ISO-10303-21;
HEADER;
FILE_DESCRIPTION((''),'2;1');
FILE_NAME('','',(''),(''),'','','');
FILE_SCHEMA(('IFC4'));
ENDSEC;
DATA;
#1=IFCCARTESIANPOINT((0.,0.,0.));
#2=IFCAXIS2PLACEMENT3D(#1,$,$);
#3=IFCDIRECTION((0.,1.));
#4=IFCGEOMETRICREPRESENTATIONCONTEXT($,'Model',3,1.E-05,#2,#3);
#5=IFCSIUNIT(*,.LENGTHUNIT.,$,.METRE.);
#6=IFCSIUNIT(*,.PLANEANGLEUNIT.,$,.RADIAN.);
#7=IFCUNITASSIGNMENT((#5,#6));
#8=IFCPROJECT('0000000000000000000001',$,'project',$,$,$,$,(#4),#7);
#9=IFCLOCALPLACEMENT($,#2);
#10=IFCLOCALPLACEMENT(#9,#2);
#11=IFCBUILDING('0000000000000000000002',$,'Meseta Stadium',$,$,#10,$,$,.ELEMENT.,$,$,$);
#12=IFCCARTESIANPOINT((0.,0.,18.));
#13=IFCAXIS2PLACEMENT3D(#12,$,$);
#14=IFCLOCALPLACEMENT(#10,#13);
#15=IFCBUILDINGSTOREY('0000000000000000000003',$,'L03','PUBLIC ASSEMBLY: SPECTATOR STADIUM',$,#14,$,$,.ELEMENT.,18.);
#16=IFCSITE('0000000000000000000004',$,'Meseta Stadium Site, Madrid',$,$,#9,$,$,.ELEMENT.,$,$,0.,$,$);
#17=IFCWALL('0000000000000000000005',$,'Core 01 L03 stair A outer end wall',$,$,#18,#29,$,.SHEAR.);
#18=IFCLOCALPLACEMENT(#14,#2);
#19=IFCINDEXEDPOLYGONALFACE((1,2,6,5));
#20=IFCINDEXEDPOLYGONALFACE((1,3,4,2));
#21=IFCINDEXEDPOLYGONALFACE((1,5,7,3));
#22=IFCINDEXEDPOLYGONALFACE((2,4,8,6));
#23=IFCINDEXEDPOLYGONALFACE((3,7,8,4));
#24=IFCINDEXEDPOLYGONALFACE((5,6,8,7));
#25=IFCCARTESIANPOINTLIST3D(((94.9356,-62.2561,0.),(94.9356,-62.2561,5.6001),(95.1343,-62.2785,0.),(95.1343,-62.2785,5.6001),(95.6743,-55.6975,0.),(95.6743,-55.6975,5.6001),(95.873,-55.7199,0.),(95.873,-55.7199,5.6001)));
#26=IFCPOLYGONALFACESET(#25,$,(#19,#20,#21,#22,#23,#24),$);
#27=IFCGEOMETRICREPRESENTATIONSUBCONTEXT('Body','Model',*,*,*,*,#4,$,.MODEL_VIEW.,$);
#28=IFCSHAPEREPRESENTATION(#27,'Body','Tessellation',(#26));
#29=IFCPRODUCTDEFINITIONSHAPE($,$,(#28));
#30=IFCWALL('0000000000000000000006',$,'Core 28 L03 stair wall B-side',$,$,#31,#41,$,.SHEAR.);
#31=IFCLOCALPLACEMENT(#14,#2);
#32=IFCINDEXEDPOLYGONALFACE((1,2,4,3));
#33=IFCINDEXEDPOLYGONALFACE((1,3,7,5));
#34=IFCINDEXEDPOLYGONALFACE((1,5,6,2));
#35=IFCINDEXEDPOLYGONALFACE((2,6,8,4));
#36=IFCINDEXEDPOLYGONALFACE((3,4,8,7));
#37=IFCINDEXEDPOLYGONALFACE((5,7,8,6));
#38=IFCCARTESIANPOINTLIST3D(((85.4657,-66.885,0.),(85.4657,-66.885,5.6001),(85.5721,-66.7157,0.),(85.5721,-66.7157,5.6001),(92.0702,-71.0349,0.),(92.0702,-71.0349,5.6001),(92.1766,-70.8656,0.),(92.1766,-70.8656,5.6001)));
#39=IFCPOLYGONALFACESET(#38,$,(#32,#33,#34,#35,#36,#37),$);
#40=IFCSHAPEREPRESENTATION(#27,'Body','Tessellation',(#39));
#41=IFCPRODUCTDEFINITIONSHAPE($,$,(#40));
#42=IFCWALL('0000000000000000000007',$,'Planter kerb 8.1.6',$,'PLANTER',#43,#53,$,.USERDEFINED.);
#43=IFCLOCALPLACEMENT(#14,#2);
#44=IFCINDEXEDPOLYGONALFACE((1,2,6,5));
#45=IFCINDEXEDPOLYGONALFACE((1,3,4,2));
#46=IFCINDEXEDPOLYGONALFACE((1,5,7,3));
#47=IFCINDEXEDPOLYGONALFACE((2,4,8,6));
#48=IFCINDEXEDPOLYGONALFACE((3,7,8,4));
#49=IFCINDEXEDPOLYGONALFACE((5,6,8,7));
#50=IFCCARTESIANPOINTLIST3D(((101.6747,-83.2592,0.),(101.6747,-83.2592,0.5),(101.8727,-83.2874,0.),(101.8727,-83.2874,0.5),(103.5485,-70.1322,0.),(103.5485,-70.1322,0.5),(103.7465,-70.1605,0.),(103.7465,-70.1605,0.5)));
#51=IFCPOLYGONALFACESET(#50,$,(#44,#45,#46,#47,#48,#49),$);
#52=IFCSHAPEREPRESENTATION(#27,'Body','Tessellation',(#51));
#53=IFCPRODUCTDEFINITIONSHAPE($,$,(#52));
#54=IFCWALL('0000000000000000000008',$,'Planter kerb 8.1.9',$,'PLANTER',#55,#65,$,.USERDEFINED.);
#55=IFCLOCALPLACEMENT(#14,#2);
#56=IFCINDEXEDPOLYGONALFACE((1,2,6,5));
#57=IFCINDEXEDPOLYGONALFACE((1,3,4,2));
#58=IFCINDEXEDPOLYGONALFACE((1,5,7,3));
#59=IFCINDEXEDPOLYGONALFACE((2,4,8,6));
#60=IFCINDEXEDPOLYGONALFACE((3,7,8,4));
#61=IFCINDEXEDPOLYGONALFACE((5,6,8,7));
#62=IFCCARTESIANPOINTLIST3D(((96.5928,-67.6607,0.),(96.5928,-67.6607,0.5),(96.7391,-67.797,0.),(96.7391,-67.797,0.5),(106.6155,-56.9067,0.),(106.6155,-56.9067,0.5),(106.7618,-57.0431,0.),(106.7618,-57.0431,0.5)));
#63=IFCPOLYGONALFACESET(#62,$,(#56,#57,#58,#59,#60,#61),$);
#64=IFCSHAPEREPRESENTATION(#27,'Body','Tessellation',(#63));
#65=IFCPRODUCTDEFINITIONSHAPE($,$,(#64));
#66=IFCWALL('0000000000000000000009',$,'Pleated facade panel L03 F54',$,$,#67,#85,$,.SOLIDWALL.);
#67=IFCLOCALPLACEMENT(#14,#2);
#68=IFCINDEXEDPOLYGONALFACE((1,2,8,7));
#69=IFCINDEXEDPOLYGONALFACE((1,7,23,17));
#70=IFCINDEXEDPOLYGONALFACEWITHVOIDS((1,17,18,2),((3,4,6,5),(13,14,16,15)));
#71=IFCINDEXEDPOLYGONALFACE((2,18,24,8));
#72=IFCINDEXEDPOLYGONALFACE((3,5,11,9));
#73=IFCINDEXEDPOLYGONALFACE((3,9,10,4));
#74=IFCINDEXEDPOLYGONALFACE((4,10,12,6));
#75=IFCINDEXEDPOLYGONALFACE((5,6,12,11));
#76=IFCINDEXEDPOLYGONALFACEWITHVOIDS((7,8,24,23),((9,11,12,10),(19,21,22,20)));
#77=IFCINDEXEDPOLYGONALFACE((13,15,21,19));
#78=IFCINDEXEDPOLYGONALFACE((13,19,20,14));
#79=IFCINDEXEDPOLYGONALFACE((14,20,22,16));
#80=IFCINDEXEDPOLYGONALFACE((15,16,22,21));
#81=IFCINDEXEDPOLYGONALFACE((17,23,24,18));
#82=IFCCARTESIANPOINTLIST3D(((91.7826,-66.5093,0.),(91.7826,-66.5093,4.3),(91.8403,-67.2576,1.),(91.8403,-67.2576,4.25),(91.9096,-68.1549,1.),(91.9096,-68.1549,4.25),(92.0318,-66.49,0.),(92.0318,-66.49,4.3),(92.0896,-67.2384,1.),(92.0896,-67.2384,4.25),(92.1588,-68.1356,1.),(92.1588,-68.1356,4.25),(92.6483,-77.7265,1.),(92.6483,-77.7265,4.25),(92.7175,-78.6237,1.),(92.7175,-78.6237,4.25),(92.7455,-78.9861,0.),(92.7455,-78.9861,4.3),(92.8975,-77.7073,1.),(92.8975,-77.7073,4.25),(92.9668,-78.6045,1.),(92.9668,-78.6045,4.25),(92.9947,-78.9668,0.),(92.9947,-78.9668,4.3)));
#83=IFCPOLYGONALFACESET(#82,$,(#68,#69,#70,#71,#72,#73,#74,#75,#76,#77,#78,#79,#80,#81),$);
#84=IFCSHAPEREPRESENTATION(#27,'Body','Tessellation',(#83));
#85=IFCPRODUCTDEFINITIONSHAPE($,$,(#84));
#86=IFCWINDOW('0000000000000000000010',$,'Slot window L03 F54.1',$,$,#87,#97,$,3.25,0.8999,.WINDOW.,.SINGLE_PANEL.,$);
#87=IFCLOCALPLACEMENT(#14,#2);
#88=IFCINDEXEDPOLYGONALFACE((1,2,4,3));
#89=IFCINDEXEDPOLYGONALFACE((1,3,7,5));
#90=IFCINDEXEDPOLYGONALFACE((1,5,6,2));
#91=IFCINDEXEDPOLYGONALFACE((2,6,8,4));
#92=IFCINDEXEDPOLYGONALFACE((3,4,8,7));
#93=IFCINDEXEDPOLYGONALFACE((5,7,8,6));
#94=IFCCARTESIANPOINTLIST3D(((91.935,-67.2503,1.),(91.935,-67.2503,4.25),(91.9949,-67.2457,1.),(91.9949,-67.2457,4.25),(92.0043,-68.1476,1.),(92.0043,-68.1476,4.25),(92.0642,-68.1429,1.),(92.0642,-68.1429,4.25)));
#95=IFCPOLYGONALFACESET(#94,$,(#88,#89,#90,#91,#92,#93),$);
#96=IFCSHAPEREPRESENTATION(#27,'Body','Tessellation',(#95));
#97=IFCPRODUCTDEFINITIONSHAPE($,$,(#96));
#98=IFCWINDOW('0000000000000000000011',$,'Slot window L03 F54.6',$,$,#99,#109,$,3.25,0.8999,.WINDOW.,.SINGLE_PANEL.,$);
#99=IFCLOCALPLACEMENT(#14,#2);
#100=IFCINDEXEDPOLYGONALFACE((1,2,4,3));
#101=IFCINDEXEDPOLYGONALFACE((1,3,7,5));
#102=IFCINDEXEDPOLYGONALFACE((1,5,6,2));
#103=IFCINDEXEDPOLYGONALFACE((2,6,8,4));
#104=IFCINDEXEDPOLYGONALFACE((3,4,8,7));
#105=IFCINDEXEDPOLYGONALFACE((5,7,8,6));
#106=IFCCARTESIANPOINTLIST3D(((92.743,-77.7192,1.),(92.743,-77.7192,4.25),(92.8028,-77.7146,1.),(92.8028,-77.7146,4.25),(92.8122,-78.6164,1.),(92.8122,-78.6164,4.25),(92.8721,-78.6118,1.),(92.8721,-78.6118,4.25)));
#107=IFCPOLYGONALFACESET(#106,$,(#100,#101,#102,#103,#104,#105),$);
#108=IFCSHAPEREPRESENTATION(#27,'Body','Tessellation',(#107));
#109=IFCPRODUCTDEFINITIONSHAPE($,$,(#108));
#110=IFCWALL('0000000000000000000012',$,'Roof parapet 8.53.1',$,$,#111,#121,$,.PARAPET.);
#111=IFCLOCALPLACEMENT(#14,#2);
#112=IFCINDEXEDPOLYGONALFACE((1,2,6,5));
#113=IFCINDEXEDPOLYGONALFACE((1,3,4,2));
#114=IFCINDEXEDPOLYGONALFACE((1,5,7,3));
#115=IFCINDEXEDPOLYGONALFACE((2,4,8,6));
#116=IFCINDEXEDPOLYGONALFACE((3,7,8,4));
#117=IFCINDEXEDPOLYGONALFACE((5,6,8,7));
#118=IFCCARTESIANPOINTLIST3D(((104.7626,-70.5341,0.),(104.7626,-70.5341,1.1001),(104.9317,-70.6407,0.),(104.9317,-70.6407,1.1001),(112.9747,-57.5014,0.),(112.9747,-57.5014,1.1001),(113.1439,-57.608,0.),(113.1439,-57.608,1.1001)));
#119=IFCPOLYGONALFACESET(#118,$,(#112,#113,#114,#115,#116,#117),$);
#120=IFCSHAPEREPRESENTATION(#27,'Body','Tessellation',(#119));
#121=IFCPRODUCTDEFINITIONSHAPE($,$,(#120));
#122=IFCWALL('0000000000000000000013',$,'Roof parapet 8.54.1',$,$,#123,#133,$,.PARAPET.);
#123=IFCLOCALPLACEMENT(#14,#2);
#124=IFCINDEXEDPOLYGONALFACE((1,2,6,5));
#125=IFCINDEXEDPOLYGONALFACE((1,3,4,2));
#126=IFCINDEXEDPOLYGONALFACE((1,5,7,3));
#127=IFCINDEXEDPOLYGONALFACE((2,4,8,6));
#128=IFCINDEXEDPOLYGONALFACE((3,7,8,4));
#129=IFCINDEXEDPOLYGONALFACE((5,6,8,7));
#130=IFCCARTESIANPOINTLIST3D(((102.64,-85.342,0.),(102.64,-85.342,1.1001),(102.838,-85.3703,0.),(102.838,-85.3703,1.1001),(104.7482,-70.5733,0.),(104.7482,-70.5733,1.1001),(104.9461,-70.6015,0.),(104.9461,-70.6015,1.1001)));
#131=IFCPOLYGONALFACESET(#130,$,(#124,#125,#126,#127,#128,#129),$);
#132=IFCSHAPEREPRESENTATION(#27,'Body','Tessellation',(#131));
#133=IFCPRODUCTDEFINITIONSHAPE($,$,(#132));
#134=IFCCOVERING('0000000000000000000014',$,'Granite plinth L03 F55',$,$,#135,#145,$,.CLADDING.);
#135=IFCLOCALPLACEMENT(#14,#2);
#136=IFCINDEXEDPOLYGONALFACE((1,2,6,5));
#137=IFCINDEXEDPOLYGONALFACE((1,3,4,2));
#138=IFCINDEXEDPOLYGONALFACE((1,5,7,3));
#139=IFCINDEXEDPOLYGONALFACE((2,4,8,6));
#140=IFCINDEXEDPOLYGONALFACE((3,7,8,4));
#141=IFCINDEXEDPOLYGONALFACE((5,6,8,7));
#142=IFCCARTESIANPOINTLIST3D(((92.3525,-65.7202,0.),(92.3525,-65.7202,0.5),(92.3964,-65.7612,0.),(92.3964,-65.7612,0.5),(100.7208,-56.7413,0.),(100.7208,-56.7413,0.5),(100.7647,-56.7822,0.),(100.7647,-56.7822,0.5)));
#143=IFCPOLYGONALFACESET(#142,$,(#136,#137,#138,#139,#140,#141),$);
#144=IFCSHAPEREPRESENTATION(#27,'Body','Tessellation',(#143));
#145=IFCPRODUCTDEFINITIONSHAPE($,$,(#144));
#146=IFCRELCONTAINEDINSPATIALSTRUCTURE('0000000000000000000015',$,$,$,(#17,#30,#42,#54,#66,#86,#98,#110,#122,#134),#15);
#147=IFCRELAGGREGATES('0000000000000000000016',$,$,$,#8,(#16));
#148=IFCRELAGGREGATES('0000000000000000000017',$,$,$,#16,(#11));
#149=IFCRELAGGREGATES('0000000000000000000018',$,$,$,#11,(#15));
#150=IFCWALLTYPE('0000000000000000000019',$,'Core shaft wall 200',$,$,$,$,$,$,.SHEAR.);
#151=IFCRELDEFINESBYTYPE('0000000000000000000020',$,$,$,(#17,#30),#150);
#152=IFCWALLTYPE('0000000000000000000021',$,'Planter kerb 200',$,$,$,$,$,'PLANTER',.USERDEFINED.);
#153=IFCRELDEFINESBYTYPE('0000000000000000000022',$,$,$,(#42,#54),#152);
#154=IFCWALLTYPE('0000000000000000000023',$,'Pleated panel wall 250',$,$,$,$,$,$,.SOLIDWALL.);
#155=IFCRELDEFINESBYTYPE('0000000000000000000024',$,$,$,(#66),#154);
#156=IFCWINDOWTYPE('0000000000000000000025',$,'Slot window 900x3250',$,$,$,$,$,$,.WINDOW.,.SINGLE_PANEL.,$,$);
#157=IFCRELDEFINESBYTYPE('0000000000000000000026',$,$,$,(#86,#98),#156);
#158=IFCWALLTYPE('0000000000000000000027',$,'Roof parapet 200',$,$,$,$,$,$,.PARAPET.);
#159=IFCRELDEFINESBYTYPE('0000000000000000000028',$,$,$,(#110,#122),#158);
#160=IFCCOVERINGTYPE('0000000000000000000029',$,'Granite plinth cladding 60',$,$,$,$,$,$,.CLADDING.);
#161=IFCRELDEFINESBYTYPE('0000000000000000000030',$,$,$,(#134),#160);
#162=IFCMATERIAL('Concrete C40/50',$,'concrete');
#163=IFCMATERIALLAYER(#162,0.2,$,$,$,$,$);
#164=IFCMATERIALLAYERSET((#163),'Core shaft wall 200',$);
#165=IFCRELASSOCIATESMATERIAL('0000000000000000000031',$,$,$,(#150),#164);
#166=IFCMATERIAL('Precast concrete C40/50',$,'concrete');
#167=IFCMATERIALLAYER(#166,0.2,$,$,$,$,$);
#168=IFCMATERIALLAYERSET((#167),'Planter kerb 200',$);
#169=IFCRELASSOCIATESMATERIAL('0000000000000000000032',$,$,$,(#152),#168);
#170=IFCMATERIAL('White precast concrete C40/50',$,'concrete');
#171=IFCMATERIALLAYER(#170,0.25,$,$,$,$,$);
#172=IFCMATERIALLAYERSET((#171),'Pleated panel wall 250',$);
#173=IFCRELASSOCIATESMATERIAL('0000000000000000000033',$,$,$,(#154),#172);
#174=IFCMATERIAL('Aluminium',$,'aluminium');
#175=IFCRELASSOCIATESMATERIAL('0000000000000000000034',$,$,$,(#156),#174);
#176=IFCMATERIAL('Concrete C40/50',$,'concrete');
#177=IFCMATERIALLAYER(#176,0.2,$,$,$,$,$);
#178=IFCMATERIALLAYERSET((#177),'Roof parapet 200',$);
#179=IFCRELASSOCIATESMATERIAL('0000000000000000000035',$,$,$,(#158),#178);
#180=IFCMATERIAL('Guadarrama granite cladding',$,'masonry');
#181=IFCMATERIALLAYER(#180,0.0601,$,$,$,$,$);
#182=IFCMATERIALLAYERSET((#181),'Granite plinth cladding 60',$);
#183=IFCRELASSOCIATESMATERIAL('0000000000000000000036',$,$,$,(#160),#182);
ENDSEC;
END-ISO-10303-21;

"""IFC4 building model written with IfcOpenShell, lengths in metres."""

from ifc_helpers import new_model, si_unit, direction, frame, frame_2d, origin, origin_2d, place, context, subcontext, project, spatial, rectangle, extrude, material, layer, layer_set, type_object, element, fill, save


model = new_model("IFC4")

# Units and contexts
model_context = context("Model", 3, precision=1e-05, world=origin(), true_north=direction((0.0, 1.0)))
body_context = subcontext(model_context, "Body", "Model", "MODEL_VIEW")
ifc_project = project(units=[si_unit("LENGTHUNIT", "METRE"), si_unit("PLANEANGLEUNIT", "RADIAN")], contexts=[model_context])

# Site, building, storey
site_placement = place(None, origin())
site = spatial("IfcSite", under=ifc_project, at=site_placement, Name="Meseta Stadium Site, Madrid", CompositionType="ELEMENT", RefElevation=0.0)
building_placement = place(site_placement, origin())
building = spatial("IfcBuilding", under=site, at=building_placement, Name="Meseta Stadium", CompositionType="ELEMENT")
storey_placement = place(building_placement, frame((0.0, 0.0, 18.0)))
storey = spatial("IfcBuildingStorey", under=building, at=storey_placement, Name="L03", Description="PUBLIC ASSEMBLY: SPECTATOR STADIUM", CompositionType="ELEMENT", Elevation=18.0)

# Walls
ifc_material_1 = material(Name="Concrete C40/50", Category="concrete")
ifc_layer_1 = layer(ifc_material_1, 0.2)
ifc_layer_set_1 = layer_set([ifc_layer_1], Name="Core shaft wall 200")
wall_type_1 = type_object("IfcWallType", Name="Core shaft wall 200", PredefinedType="SHEAR", material=ifc_layer_set_1)
wall_1_placement = place(storey_placement, frame((95.0349, -62.2673, 0.0), z_axis=(0.0, 0.0, 1.0), x_axis=(0.111934, 0.993716, 0.0)))
element("IfcWall", 1, at=wall_1_placement, inside=storey, type_object=wall_type_1, Name="Core 01 L03 stair A outer end wall", PredefinedType="SHEAR", context=body_context, shape_type="SweptSolid", body=[
    extrude(rectangle(XDim=6.6001, YDim=0.2, at=frame_2d((3.3, 0.0))), origin(), (0.0, 0.0, 1.0), 5.6001),
])
wall_2_placement = place(storey_placement, frame((92.1233, -70.9502, 0.0), z_axis=(0.0, 0.0, 1.0), x_axis=(-0.846723, 0.532034, 0.0)))
element("IfcWall", 2, at=wall_2_placement, inside=storey, type_object=wall_type_1, Name="Core 28 L03 stair wall B-side", PredefinedType="SHEAR", context=body_context, shape_type="SweptSolid", body=[
    extrude(rectangle(XDim=7.8, YDim=0.2, at=frame_2d((3.8999, 0.0))), origin(), (0.0, 0.0, 1.0), 5.6001),
])
ifc_material_2 = material(Name="Precast concrete C40/50", Category="concrete")
ifc_layer_2 = layer(ifc_material_2, 0.2)
ifc_layer_set_2 = layer_set([ifc_layer_2], Name="Planter kerb 200")
wall_type_2 = type_object("IfcWallType", Name="Planter kerb 200", ElementType="PLANTER", PredefinedType="USERDEFINED", material=ifc_layer_set_2)
wall_3_placement = place(storey_placement, frame((103.6475, -70.1465, 0.0), z_axis=(0.0, 0.0, 1.0), x_axis=(-0.141311, -0.989965, 0.0)))
element("IfcWall", 3, at=wall_3_placement, inside=storey, type_object=wall_type_2, Name="Planter kerb 8.1.6", ObjectType="PLANTER", PredefinedType="USERDEFINED", context=body_context, shape_type="SweptSolid", body=[
    extrude(rectangle(XDim=13.26, YDim=0.2, at=frame_2d((6.6299, 0.0))), origin(), (0.0, 0.0, 1.0), 0.5),
])
wall_4_placement = place(storey_placement, frame((96.666, -67.7288, 0.0), z_axis=(0.0, 0.0, 1.0), x_axis=(0.681799, 0.731539, 0.0)))
element("IfcWall", 4, at=wall_4_placement, inside=storey, type_object=wall_type_2, Name="Planter kerb 8.1.9", ObjectType="PLANTER", PredefinedType="USERDEFINED", context=body_context, shape_type="SweptSolid", body=[
    extrude(rectangle(XDim=14.7004, YDim=0.2, at=frame_2d((7.3501, 0.0))), origin(), (0.0, 0.0, 1.0), 0.5),
])

# Wall, openings, windows
ifc_material_3 = material(Name="White precast concrete C40/50", Category="concrete")
ifc_layer_3 = layer(ifc_material_3, 0.25)
ifc_layer_set_3 = layer_set([ifc_layer_3], Name="Pleated panel wall 250")
wall_type_3 = type_object("IfcWallType", Name="Pleated panel wall 250", PredefinedType="SOLIDWALL", material=ifc_layer_set_3)
wall_5_placement = place(storey_placement, frame((91.9072, -66.4998, 0.0), z_axis=(0.0, 0.0, 1.0), x_axis=(0.076946, -0.997035, 0.0)))
wall_5 = element("IfcWall", 5, at=wall_5_placement, inside=storey, type_object=wall_type_3, Name="Pleated facade panel L03 F54", PredefinedType="SOLIDWALL", context=body_context, shape_type="SweptSolid", body=[
    extrude(rectangle(XDim=12.5139, YDim=0.25, at=frame_2d((6.2568, 0.0))), origin(), (0.0, 0.0, 1.0), 4.3),
])
opening_1_placement = place(wall_5_placement, frame((0.7505, 0.0, 1.0)))
opening_1 = element("IfcOpeningElement", 6, at=opening_1_placement, cuts=wall_5, PredefinedType="OPENING", context=body_context, shape_type="SweptSolid", body=[
    extrude(rectangle(XDim=0.8999, YDim=3.25, at=frame_2d((0.45, 1.625))), frame((0.0, 0.135, 0.0), z_axis=(0.0, -1.0, 0.0), x_axis=(1.0, 0.0, 0.0)), (0.0, 0.0, 1.0), 0.27),
])
opening_2_placement = place(wall_5_placement, frame((11.2505, 0.0, 1.0)))
opening_2 = element("IfcOpeningElement", 7, at=opening_2_placement, cuts=wall_5, PredefinedType="OPENING", context=body_context, shape_type="SweptSolid", body=[
    extrude(rectangle(XDim=0.8999, YDim=3.25, at=frame_2d((0.45, 1.625))), frame((0.0, 0.135, 0.0), z_axis=(0.0, -1.0, 0.0), x_axis=(1.0, 0.0, 0.0)), (0.0, 0.0, 1.0), 0.27),
])
ifc_material_4 = material(Name="Aluminium", Category="aluminium")
window_type = type_object("IfcWindowType", Name="Slot window 900x3250", PartitioningType="SINGLE_PANEL", PredefinedType="WINDOW", material=ifc_material_4)
window_1_placement = place(opening_1_placement, origin())
window_1 = element("IfcWindow", 8, at=window_1_placement, inside=storey, type_object=window_type, Name="Slot window L03 F54.1", OverallHeight=3.25, OverallWidth=0.8999, PartitioningType="SINGLE_PANEL", PredefinedType="WINDOW", context=body_context, shape_type="SweptSolid", body=[
    extrude(rectangle(XDim=0.8999, YDim=3.25, at=frame_2d((0.45, 1.625))), frame((0.0, 0.03, 0.0), z_axis=(0.0, -1.0, 0.0), x_axis=(1.0, 0.0, 0.0)), (0.0, 0.0, 1.0), 0.0601),
])
fill(opening_1, window_1)
window_2_placement = place(opening_2_placement, origin())
window_2 = element("IfcWindow", 9, at=window_2_placement, inside=storey, type_object=window_type, Name="Slot window L03 F54.6", OverallHeight=3.25, OverallWidth=0.8999, PartitioningType="SINGLE_PANEL", PredefinedType="WINDOW", context=body_context, shape_type="SweptSolid", body=[
    extrude(rectangle(XDim=0.8999, YDim=3.25, at=frame_2d((0.45, 1.625))), frame((0.0, 0.03, 0.0), z_axis=(0.0, -1.0, 0.0), x_axis=(1.0, 0.0, 0.0)), (0.0, 0.0, 1.0), 0.0601),
])
fill(opening_2, window_2)

# Walls
ifc_material_5 = material(Name="Concrete C40/50", Category="concrete")
ifc_layer_4 = layer(ifc_material_5, 0.2)
ifc_layer_set_4 = layer_set([ifc_layer_4], Name="Roof parapet 200")
wall_type_4 = type_object("IfcWallType", Name="Roof parapet 200", PredefinedType="PARAPET", material=ifc_layer_set_4)
wall_6_placement = place(storey_placement, frame((113.0593, -57.5547, 0.0), z_axis=(0.0, 0.0, 1.0), x_axis=(-0.53311, -0.846046, 0.0)))
element("IfcWall", 10, at=wall_6_placement, inside=storey, type_object=wall_type_4, Name="Roof parapet 8.53.1", PredefinedType="PARAPET", context=body_context, shape_type="SweptSolid", body=[
    extrude(rectangle(XDim=15.4043, YDim=0.2, at=frame_2d((7.7021, 0.0))), origin(), (0.0, 0.0, 1.0), 1.1001),
])
wall_7_placement = place(storey_placement, frame((104.8472, -70.5874, 0.0), z_axis=(0.0, 0.0, 1.0), x_axis=(-0.141311, -0.989965, 0.0)))
element("IfcWall", 11, at=wall_7_placement, inside=storey, type_object=wall_type_4, Name="Roof parapet 8.54.1", PredefinedType="PARAPET", context=body_context, shape_type="SweptSolid", body=[
    extrude(rectangle(XDim=14.9185, YDim=0.2, at=frame_2d((7.4592, 0.0))), origin(), (0.0, 0.0, 1.0), 1.1001),
])

# Covering
ifc_material_6 = material(Name="Guadarrama granite cladding", Category="masonry")
ifc_layer_5 = layer(ifc_material_6, 0.0601)
ifc_layer_set_5 = layer_set([ifc_layer_5], Name="Granite plinth cladding 60")
covering_type_1 = type_object("IfcCoveringType", Name="Granite plinth cladding 60", PredefinedType="CLADDING", material=ifc_layer_set_5)
covering_1_placement = place(storey_placement, frame((96.5586, -61.2512, 0.0), z_axis=(0.0, 0.0, 1.0), x_axis=(-0.681793, -0.731545, 0.0)))
element("IfcCovering", 12, at=covering_1_placement, inside=storey, type_object=covering_type_1, Name="Granite plinth L03 F55", PredefinedType="CLADDING", context=body_context, shape_type="SweptSolid", body=[
    extrude(rectangle(XDim=12.2739, YDim=0.0601, at=origin_2d()), origin(), (0.0, 0.0, 1.0), 0.5),
])

save(model, "model.ifc")
